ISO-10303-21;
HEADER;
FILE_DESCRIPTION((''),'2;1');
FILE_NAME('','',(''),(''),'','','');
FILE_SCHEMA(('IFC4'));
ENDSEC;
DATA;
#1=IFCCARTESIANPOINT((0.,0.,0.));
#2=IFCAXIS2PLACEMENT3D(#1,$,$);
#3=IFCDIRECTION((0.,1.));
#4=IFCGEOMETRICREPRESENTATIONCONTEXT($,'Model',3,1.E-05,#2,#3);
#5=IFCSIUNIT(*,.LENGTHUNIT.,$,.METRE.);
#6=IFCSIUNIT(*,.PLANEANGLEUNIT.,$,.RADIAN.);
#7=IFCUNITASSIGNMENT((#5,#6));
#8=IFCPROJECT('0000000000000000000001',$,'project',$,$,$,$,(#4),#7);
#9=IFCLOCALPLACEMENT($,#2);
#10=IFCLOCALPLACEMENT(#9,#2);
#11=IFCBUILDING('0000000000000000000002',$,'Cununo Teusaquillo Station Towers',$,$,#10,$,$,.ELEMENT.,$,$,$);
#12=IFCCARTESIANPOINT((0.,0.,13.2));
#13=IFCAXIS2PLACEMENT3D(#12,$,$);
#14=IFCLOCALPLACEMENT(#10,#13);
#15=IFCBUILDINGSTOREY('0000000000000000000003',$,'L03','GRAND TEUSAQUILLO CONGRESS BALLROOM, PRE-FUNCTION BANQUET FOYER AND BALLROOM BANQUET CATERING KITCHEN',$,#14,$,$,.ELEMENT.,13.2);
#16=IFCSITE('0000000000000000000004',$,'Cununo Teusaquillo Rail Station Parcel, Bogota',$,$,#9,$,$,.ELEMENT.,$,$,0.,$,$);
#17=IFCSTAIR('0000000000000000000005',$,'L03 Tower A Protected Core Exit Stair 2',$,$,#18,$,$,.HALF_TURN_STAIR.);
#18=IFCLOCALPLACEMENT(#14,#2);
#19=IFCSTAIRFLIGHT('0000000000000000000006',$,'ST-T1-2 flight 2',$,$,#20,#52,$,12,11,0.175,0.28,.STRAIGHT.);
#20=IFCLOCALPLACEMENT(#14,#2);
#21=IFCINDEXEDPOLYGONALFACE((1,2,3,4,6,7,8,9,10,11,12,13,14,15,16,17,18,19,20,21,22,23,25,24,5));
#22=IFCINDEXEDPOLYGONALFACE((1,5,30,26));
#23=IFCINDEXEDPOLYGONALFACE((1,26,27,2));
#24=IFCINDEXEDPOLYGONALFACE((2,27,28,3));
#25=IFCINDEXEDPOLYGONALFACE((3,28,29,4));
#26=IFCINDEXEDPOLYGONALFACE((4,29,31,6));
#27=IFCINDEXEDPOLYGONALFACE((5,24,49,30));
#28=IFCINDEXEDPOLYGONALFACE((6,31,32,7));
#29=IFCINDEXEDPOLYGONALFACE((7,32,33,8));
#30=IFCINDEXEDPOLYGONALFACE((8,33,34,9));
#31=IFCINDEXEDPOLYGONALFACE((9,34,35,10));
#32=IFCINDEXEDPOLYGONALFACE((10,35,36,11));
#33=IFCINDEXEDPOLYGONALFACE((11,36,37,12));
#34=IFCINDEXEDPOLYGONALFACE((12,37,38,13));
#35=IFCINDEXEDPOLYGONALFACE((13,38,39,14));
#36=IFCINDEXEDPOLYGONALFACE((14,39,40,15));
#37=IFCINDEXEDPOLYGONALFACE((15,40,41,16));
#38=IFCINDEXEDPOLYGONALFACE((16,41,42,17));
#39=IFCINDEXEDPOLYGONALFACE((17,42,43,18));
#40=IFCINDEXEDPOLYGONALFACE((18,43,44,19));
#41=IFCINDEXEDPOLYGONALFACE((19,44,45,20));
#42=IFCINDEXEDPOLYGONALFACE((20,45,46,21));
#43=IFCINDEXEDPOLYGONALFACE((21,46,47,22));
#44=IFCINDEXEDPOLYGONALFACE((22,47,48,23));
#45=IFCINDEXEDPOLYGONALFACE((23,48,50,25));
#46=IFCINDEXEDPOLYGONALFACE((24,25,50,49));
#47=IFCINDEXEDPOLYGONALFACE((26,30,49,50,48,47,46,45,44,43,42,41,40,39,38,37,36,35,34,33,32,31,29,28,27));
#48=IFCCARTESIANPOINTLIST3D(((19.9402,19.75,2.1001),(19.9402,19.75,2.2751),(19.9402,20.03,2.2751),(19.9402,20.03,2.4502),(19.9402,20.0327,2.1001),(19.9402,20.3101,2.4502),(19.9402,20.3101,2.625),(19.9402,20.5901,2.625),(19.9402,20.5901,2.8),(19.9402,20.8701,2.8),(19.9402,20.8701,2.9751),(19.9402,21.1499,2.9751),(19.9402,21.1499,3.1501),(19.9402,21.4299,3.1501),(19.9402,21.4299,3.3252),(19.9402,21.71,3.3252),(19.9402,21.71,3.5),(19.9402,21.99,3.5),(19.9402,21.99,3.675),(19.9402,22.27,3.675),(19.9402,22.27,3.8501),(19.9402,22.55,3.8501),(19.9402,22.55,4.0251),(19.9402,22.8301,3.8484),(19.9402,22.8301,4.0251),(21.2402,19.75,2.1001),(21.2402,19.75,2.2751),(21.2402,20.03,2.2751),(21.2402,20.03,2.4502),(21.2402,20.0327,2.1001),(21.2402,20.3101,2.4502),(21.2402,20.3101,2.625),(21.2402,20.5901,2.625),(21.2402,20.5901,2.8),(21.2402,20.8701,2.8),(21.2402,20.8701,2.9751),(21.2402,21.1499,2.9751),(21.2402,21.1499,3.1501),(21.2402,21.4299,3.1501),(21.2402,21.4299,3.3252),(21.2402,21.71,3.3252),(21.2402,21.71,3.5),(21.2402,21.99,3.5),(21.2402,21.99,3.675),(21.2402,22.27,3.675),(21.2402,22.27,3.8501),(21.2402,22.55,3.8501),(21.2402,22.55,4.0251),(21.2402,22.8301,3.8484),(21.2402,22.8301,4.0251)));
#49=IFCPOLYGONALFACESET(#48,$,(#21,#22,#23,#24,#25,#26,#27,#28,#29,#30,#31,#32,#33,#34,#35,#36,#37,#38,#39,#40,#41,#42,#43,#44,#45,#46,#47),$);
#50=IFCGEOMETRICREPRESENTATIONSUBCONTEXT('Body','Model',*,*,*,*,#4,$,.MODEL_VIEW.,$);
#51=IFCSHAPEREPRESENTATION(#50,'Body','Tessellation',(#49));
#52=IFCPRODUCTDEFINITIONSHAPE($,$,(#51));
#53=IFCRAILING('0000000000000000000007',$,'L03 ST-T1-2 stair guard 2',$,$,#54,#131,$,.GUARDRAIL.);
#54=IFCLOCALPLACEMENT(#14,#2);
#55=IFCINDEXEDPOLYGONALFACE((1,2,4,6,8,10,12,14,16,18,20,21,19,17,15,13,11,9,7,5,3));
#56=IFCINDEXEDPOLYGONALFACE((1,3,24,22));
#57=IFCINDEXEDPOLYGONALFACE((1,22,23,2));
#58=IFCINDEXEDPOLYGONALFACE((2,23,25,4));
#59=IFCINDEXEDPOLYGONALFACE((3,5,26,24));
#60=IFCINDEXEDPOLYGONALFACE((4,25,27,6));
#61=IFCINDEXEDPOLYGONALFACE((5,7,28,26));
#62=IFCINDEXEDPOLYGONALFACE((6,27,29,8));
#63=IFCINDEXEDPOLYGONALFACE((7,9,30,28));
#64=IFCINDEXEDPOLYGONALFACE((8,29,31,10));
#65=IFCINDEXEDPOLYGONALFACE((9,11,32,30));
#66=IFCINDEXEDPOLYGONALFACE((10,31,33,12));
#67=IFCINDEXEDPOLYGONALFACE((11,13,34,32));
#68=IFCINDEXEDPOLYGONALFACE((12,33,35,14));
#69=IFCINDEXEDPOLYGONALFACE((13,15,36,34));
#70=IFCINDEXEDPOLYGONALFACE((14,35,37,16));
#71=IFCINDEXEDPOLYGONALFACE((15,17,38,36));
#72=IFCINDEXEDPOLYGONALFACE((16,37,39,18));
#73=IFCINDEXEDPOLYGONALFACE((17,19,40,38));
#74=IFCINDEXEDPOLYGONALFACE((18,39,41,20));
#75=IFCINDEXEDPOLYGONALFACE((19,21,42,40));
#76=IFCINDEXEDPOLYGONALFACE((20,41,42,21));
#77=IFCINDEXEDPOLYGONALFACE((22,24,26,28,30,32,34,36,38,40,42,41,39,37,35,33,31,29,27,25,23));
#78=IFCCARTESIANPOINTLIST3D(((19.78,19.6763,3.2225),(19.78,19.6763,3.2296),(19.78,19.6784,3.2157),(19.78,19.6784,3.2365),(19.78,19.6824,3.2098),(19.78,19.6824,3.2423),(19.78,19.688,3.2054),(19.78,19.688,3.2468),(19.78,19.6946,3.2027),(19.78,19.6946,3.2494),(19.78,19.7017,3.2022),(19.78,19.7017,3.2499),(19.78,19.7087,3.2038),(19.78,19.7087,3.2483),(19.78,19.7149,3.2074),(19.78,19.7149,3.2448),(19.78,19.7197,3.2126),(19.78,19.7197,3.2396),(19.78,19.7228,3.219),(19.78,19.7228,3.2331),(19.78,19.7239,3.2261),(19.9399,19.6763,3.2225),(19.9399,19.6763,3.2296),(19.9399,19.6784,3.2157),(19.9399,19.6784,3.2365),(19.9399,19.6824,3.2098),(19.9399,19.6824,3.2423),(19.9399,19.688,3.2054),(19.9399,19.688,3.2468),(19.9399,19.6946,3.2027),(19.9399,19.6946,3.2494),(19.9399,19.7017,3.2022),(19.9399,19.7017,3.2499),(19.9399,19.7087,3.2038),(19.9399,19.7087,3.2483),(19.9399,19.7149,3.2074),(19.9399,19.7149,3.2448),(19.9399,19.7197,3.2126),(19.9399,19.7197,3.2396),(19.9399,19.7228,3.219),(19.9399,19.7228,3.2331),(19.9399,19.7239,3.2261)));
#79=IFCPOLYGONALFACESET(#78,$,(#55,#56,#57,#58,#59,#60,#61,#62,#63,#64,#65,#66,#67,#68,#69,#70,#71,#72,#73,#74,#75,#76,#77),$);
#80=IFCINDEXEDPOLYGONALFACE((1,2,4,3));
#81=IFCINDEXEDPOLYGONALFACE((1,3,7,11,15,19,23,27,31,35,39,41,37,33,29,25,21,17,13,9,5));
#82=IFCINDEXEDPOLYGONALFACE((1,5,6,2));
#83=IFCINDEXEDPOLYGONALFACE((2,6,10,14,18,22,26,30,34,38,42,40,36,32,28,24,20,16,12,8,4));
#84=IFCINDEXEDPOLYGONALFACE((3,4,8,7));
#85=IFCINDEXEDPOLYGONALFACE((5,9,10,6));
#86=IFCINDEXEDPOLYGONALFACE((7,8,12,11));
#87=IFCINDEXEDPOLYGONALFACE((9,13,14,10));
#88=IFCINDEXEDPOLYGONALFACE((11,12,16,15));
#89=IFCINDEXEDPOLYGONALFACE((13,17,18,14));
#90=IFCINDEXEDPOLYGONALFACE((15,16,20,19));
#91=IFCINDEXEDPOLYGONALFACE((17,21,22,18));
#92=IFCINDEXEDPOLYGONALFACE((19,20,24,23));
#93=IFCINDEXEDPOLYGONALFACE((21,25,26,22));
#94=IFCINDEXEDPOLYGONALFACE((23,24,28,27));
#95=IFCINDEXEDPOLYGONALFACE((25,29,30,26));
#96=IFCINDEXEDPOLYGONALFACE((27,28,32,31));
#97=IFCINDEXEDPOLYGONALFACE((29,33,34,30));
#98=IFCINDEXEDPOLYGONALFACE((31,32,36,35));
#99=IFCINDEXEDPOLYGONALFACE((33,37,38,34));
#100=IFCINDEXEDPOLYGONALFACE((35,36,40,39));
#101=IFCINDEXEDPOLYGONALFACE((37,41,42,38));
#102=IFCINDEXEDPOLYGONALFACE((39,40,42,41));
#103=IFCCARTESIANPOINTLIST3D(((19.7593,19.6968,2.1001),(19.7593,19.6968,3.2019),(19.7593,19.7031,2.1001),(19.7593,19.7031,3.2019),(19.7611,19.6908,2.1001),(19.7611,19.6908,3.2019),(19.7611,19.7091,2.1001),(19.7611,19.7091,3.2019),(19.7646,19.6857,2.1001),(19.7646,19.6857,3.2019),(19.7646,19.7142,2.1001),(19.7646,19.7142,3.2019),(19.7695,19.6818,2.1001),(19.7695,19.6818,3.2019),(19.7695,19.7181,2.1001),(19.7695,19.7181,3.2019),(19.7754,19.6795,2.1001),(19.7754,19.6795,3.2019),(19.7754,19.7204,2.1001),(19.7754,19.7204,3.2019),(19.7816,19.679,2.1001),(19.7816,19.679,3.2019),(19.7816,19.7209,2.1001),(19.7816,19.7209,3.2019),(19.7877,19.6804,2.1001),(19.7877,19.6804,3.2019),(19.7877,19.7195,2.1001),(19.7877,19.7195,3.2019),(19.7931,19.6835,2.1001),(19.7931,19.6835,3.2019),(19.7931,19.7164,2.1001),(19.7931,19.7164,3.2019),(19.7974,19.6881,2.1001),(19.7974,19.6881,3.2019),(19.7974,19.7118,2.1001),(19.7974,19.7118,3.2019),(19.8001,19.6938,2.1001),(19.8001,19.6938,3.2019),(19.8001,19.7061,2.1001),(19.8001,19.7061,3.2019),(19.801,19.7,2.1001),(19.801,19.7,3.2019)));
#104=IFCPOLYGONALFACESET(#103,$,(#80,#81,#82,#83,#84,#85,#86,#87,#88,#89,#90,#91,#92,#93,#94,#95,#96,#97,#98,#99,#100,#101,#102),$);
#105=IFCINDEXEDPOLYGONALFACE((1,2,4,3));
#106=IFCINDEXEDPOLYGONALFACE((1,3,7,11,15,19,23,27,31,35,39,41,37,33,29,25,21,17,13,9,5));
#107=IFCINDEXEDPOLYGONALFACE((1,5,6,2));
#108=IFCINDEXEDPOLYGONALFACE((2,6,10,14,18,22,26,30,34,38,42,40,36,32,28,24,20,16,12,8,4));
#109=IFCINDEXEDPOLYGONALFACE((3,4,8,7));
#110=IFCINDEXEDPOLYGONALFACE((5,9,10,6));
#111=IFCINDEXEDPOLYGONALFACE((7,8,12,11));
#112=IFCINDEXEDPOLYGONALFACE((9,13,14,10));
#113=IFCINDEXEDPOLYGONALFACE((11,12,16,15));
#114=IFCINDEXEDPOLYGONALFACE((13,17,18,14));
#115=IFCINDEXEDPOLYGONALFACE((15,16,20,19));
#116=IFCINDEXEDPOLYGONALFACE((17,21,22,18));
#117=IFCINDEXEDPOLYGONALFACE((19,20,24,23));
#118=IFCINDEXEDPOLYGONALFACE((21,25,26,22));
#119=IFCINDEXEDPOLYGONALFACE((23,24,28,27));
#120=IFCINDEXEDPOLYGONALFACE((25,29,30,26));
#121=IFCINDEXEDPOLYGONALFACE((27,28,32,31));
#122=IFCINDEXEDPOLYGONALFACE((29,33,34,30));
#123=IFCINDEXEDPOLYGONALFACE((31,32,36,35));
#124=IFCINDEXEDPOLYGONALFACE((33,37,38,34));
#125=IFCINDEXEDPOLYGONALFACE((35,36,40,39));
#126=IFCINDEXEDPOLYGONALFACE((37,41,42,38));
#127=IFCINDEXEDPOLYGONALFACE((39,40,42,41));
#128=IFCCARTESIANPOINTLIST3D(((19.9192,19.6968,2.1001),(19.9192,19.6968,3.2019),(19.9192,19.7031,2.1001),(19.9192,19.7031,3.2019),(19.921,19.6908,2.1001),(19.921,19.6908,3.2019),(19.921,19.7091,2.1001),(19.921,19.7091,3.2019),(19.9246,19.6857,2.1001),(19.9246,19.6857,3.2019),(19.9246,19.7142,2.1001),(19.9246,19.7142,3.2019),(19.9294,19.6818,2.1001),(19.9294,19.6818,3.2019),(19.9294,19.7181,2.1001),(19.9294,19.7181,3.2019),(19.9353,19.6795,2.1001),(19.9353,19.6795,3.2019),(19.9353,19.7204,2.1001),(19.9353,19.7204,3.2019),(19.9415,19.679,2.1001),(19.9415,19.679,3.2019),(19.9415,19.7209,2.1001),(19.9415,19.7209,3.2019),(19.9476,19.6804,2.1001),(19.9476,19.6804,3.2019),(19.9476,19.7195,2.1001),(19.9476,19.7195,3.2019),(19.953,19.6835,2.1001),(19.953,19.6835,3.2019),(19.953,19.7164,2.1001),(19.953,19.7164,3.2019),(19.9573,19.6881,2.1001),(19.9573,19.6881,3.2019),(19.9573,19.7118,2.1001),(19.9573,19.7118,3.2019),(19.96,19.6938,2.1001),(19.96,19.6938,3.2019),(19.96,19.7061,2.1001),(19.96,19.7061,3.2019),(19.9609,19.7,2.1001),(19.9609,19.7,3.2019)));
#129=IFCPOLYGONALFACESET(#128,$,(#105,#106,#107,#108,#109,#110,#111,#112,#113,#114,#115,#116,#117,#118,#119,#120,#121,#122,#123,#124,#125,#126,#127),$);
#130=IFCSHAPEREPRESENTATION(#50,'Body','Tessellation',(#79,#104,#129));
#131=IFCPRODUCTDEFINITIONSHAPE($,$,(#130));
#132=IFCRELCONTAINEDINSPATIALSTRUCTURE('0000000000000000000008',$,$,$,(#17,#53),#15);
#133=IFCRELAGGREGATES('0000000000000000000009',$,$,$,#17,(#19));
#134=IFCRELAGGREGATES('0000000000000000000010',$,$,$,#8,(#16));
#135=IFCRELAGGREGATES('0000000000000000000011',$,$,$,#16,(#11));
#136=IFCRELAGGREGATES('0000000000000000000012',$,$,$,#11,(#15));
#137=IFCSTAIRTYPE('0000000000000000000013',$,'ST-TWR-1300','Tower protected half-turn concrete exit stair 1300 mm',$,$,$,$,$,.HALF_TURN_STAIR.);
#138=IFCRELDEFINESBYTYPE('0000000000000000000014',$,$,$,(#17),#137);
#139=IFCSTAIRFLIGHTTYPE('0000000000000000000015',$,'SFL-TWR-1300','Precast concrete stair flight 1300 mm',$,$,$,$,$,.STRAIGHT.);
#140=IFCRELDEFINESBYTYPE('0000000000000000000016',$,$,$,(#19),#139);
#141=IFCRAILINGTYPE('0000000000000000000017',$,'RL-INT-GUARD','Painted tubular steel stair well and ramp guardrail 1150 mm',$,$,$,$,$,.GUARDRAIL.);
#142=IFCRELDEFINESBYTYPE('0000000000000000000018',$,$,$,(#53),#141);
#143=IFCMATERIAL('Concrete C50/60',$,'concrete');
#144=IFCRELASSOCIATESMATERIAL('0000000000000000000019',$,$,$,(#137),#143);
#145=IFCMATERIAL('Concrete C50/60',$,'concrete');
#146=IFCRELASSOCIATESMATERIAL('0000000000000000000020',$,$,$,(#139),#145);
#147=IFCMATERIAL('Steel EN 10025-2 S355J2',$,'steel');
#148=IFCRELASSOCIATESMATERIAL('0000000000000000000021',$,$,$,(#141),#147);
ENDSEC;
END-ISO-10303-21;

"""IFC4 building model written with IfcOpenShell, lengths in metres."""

from ifc_helpers import new_model, si_unit, direction, frame, origin, origin_2d, place, context, subcontext, project, spatial, polyline, circle, outline, extrude, material, type_object, element, aggregate, save


model = new_model("IFC4")

# Units and contexts
model_context = context("Model", 3, precision=1e-05, world=origin(), true_north=direction((0.0, 1.0)))
body_context = subcontext(model_context, "Body", "Model", "MODEL_VIEW")
ifc_project = project(units=[si_unit("LENGTHUNIT", "METRE"), si_unit("PLANEANGLEUNIT", "RADIAN")], contexts=[model_context])

# Site, building, storey
site_placement = place(None, origin())
site = spatial("IfcSite", under=ifc_project, at=site_placement, Name="Cununo Teusaquillo Rail Station Parcel, Bogota", CompositionType="ELEMENT", RefElevation=0.0)
building_placement = place(site_placement, origin())
building = spatial("IfcBuilding", under=site, at=building_placement, Name="Cununo Teusaquillo Station Towers", CompositionType="ELEMENT")
storey_placement = place(building_placement, frame((0.0, 0.0, 13.2)))
storey = spatial("IfcBuildingStorey", under=building, at=storey_placement, Name="L03", Description="GRAND TEUSAQUILLO CONGRESS BALLROOM, PRE-FUNCTION BANQUET FOYER AND BALLROOM BANQUET CATERING KITCHEN", CompositionType="ELEMENT", Elevation=13.2)

# Stair, stair flight
ifc_material_1 = material(Name="Concrete C50/60", Category="concrete")
stair_type = type_object("IfcStairType", Name="ST-TWR-1300", Description="Tower protected half-turn concrete exit stair 1300 mm", PredefinedType="HALF_TURN_STAIR", material=ifc_material_1)
stair_placement = place(storey_placement, origin())
stair = element("IfcStair", 1, at=stair_placement, inside=storey, type_object=stair_type, Name="L03 Tower A Protected Core Exit Stair 2", PredefinedType="HALF_TURN_STAIR")
ifc_material_2 = material(Name="Concrete C50/60", Category="concrete")
stair_flight_type = type_object("IfcStairFlightType", Name="SFL-TWR-1300", Description="Precast concrete stair flight 1300 mm", PredefinedType="STRAIGHT", material=ifc_material_2)
stair_flight_1_placement = place(storey_placement, frame((20.5901, 19.75, 2.1001), z_axis=(0.0, 0.0, 1.0), x_axis=(0.0, 1.0, 0.0)))
stair_flight_1 = element("IfcStairFlight", 2, at=stair_flight_1_placement, type_object=stair_flight_type, Name="ST-T1-2 flight 2", NumberOfRisers=12, NumberOfTreads=11, PredefinedType="STRAIGHT", RiserHeight=0.175, TreadLength=0.28, context=body_context, shape_type="SweptSolid", body=[
    extrude(outline(polyline([(0.0, 0.0), (0.0, 0.175), (0.28, 0.175), (0.28, 0.3501), (0.5601, 0.3501), (0.5601, 0.5249), (0.8401, 0.5249), (0.8401, 0.7), (1.1201, 0.7), (1.1201, 0.875), (1.3999, 0.875), (1.3999, 1.05), (1.6799, 1.05), (1.6799, 1.2251), (1.96, 1.2251), (1.96, 1.3999), (2.24, 1.3999), (2.24, 1.575), (2.52, 1.575), (2.52, 1.75), (2.8, 1.75), (2.8, 1.925), (3.0801, 1.925), (3.0801, 2.1001), (3.0801, 1.7483), (0.2827, 0.0), (0.0, 0.0)])), frame((0.0, 0.6499, 0.0), z_axis=(0.0, -1.0, 0.0), x_axis=(1.0, 0.0, 0.0)), (0.0, 0.0, 1.0), 1.3),
])
aggregate(stair, [stair_flight_1])

# Railing
ifc_material_3 = material(Name="Steel EN 10025-2 S355J2", Category="steel")
railing_type_1 = type_object("IfcRailingType", Name="RL-INT-GUARD", Description="Painted tubular steel stair well and ramp guardrail 1150 mm", PredefinedType="GUARDRAIL", material=ifc_material_3)
railing_1_placement = place(storey_placement, frame((19.78, 19.7, 2.1001)))
element("IfcRailing", 3, at=railing_1_placement, inside=storey, type_object=railing_type_1, Name="L03 ST-T1-2 stair guard 2", PredefinedType="GUARDRAIL", context=body_context, shape_type="SweptSolid", body=[
    extrude(circle(Radius=0.0239, at=origin_2d()), frame((0.0, 0.0, 1.126), z_axis=(1.0, 0.0, 0.0), x_axis=(0.0, 1.0, 0.0)), (0.0, 0.0, 1.0), 0.1599),
    extrude(circle(Radius=0.021, at=origin_2d()), origin(), (0.0, 0.0, 1.0), 1.1018),
    extrude(circle(Radius=0.021, at=origin_2d()), frame((0.1599, 0.0, 0.0)), (0.0, 0.0, 1.0), 1.1018),
])

save(model, "model.ifc")
